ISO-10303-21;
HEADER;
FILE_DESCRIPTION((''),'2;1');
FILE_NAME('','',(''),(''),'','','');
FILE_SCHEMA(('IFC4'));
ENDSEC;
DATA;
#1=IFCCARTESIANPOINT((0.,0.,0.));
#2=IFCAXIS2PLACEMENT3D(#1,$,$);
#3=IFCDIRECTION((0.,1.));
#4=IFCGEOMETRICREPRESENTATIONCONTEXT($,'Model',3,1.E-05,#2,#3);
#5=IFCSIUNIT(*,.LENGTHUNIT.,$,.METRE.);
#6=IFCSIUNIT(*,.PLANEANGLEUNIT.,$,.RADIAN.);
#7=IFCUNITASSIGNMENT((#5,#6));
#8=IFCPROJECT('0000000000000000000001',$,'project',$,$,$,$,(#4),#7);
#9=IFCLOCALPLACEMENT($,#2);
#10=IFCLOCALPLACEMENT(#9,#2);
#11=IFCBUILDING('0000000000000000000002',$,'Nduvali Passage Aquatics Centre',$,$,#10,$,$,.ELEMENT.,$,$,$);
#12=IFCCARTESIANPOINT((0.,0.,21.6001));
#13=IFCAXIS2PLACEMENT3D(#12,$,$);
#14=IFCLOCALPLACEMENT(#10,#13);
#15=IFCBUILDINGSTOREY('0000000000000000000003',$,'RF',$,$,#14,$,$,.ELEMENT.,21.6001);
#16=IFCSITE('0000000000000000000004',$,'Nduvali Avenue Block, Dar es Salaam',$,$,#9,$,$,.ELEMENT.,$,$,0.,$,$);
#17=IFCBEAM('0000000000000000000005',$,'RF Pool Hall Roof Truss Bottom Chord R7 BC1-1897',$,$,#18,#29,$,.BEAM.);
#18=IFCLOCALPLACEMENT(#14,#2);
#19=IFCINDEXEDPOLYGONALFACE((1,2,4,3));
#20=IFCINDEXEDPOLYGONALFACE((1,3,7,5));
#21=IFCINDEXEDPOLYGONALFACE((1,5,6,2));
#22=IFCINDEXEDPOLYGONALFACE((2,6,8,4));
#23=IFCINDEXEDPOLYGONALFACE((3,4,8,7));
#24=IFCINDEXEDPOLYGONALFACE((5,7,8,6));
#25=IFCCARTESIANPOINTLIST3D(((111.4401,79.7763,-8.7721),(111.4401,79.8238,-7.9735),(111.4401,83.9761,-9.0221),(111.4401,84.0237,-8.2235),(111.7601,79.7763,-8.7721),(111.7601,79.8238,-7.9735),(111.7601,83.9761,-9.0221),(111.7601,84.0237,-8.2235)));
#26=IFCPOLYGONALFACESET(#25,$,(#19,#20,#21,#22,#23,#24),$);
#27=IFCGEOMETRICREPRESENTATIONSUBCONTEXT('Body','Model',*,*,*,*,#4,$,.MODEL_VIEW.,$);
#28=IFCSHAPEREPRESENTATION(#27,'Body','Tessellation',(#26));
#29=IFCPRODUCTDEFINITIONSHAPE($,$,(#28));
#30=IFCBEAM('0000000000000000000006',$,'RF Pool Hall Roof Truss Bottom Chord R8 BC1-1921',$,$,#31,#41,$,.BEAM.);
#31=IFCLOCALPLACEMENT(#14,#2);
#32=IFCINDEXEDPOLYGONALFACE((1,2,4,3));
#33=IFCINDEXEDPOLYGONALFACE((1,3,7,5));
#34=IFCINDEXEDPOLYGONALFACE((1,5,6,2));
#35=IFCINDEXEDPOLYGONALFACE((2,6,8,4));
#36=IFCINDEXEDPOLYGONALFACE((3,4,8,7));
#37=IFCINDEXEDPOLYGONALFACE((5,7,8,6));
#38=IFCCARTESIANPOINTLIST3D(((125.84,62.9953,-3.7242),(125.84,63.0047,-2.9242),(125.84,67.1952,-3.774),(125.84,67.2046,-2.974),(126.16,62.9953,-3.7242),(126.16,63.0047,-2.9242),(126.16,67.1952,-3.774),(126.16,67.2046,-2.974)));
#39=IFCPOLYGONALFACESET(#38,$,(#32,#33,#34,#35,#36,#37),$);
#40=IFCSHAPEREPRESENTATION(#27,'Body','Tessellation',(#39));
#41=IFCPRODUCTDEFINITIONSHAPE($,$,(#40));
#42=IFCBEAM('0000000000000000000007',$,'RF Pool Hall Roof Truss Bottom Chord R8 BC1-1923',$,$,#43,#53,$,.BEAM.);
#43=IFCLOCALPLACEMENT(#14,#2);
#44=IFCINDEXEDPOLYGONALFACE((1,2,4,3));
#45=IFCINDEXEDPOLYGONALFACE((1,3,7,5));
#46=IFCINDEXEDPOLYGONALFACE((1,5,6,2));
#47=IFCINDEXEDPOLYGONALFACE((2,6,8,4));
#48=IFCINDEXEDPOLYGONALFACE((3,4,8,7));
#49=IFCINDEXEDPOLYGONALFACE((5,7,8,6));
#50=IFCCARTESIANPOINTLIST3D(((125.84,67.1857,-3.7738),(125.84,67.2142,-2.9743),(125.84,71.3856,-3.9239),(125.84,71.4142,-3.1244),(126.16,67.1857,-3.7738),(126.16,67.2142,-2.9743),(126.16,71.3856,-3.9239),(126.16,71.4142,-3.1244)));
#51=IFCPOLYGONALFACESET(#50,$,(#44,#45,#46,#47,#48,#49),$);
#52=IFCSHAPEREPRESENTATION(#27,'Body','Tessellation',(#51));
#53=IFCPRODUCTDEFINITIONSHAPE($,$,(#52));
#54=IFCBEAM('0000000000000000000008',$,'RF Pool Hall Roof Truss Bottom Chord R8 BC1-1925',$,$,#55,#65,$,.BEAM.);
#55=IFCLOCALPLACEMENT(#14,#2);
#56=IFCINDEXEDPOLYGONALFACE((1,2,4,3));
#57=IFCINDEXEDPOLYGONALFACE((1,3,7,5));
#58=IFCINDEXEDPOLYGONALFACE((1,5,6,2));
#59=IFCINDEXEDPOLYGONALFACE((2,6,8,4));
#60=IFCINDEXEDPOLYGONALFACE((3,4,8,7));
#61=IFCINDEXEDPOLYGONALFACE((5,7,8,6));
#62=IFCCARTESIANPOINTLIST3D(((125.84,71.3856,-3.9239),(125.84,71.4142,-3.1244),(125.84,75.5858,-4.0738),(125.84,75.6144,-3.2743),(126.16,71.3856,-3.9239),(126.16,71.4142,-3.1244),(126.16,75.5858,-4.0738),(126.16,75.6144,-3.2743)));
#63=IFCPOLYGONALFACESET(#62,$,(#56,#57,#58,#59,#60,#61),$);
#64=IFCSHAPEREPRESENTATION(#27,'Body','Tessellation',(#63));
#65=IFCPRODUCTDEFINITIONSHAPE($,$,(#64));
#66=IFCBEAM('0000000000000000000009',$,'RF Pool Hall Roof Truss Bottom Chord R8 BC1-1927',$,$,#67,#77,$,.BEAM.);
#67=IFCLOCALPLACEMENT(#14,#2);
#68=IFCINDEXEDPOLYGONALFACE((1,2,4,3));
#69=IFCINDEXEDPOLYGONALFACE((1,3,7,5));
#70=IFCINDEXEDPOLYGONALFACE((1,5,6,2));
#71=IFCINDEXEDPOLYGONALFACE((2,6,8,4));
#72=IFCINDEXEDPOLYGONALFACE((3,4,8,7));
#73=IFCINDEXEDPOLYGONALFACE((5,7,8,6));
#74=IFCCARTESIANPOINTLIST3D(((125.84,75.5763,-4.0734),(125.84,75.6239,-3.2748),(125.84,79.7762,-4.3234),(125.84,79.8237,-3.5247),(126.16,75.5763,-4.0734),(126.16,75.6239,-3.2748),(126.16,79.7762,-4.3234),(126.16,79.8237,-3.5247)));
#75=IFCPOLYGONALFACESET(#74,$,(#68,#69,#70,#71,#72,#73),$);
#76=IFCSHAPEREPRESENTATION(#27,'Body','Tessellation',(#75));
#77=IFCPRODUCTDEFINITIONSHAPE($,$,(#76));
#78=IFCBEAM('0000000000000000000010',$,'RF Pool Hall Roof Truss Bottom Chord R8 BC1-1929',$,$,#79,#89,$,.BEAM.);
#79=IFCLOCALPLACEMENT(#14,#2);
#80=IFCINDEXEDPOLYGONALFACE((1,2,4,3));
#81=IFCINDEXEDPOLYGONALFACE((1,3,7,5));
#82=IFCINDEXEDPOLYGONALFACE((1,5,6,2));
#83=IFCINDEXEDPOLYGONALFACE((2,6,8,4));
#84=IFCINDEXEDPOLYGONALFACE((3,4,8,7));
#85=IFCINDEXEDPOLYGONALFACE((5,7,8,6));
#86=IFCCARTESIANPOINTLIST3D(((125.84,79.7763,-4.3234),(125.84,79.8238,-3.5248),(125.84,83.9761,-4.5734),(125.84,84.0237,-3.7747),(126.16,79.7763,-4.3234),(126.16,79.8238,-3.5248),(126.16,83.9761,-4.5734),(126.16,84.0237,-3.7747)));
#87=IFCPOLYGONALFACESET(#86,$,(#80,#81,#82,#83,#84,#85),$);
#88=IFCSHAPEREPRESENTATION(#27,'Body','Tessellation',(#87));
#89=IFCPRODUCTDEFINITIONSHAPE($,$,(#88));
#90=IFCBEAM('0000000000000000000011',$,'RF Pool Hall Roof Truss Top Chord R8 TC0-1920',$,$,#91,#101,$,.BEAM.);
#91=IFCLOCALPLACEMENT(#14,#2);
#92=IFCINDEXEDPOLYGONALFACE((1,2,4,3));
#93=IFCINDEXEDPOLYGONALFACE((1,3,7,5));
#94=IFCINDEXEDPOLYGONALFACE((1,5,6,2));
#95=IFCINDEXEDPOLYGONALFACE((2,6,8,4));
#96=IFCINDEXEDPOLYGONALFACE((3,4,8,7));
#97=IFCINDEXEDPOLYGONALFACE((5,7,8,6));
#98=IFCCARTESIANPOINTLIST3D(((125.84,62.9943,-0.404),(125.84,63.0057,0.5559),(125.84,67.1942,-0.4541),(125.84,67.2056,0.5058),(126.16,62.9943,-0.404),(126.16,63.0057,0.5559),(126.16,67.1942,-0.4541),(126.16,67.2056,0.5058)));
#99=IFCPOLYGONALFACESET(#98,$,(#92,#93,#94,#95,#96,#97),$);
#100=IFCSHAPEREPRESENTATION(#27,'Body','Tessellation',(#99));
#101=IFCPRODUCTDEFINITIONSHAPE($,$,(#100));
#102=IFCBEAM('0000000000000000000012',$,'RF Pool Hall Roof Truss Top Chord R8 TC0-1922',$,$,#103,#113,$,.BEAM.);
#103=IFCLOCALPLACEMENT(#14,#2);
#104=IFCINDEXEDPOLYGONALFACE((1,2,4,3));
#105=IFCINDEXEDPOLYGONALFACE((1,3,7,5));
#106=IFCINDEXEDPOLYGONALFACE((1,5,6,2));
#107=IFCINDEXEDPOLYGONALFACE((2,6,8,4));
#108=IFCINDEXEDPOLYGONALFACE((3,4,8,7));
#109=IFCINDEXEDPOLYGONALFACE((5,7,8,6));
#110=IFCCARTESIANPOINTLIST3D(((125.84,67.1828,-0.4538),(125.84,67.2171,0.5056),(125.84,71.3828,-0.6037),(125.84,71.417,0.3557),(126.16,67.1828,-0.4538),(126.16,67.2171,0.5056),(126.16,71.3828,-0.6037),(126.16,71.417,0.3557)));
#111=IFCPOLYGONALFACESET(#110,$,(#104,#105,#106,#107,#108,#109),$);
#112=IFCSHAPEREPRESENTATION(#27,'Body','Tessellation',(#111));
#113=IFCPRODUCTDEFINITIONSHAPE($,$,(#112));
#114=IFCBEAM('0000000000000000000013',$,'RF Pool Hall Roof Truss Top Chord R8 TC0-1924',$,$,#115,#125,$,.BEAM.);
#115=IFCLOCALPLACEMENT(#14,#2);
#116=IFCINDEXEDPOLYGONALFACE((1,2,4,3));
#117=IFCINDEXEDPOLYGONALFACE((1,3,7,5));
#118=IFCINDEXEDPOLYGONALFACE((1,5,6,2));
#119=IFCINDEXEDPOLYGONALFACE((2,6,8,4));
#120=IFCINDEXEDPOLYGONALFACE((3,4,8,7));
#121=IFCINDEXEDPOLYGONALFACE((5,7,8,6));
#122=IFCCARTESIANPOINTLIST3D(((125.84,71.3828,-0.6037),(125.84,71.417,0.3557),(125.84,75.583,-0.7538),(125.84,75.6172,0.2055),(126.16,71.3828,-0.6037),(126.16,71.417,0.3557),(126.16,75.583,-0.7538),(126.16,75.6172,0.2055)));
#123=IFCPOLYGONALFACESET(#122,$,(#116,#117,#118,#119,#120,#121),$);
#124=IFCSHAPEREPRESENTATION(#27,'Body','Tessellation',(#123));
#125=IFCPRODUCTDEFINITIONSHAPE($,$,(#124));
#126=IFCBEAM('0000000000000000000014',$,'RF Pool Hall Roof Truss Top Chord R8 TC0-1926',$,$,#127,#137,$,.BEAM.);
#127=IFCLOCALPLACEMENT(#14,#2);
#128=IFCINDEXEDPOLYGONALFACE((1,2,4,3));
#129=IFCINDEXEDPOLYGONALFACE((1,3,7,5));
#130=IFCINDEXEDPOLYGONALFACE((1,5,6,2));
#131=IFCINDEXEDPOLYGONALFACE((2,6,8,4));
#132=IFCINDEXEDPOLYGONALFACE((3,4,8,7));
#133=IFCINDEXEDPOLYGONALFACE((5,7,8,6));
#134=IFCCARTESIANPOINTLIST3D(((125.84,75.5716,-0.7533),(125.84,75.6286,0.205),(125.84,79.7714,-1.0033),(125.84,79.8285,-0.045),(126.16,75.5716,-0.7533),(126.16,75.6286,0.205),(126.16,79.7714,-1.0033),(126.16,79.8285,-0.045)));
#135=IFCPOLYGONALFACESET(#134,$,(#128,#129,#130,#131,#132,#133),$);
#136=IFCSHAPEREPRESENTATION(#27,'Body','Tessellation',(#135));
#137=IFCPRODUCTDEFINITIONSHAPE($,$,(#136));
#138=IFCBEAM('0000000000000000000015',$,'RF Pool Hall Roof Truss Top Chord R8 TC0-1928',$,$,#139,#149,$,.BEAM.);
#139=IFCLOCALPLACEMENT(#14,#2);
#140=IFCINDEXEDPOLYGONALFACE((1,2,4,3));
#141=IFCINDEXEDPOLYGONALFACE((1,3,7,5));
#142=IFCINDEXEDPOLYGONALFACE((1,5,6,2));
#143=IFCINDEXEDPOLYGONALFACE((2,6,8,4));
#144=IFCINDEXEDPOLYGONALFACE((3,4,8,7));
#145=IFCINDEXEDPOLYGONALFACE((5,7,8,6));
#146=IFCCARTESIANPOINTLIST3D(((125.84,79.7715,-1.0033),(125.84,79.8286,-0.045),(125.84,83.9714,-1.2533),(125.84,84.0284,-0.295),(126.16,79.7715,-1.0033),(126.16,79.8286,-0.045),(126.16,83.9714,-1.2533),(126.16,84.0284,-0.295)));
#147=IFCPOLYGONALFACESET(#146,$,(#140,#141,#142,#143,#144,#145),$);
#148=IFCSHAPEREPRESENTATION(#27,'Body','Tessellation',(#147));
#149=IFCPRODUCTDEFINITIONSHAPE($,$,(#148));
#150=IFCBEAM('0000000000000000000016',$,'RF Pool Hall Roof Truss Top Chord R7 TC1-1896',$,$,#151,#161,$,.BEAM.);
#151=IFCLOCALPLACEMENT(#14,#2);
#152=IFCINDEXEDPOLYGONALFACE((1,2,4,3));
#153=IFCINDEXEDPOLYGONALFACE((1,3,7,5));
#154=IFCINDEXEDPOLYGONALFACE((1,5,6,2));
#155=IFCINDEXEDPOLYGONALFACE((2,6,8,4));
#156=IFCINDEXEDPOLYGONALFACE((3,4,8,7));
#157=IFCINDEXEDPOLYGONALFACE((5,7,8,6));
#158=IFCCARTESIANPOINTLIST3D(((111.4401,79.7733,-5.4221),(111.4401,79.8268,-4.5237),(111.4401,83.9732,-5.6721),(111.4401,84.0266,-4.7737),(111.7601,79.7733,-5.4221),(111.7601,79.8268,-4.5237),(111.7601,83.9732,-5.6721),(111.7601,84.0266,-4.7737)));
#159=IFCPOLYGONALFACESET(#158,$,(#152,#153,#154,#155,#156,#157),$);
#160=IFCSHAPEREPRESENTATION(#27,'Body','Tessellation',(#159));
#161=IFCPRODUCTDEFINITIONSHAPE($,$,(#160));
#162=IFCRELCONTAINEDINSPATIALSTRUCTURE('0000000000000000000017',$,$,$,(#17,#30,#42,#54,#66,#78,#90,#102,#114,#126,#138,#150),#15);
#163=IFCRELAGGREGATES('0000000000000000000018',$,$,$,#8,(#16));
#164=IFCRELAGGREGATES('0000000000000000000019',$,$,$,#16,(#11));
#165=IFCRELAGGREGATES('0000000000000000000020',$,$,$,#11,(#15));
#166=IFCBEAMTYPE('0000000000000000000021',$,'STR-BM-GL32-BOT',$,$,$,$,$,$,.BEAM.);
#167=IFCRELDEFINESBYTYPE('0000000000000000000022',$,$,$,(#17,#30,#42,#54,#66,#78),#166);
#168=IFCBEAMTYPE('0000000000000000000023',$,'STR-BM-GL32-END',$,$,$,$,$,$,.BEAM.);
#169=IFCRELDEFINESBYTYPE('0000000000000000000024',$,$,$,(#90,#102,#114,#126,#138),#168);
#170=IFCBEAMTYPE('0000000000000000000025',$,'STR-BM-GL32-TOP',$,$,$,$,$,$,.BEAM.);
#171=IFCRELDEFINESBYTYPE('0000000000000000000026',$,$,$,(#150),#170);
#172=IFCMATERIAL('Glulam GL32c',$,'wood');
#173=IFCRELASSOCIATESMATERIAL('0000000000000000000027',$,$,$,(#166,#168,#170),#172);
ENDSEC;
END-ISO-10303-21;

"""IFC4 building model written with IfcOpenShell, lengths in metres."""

from ifc_helpers import new_model, si_unit, direction, frame, origin, origin_2d, place, context, subcontext, project, spatial, rectangle, extrude, material, material_profile, profile_set, type_object, element, save


model = new_model("IFC4")

# Units and contexts
model_context = context("Model", 3, precision=1e-05, world=origin(), true_north=direction((0.0, 1.0)))
body_context = subcontext(model_context, "Body", "Model", "MODEL_VIEW")
ifc_project = project(units=[si_unit("LENGTHUNIT", "METRE"), si_unit("PLANEANGLEUNIT", "RADIAN")], contexts=[model_context])

# Site, building, storey
site_placement = place(None, origin())
site = spatial("IfcSite", under=ifc_project, at=site_placement, Name="Nduvali Avenue Block, Dar es Salaam", CompositionType="ELEMENT", RefElevation=0.0)
building_placement = place(site_placement, origin())
building = spatial("IfcBuilding", under=site, at=building_placement, Name="Nduvali Passage Aquatics Centre", CompositionType="ELEMENT")
storey_placement = place(building_placement, frame((0.0, 0.0, 21.6001)))
storey = spatial("IfcBuildingStorey", under=building, at=storey_placement, Name="RF", CompositionType="ELEMENT", Elevation=21.6001)

# Beams
ifc_material_1 = material(Name="Glulam GL32c", Category="wood")
ifc_material_profile_1 = material_profile(ifc_material_1, rectangle(XDim=0.3201, YDim=0.8, at=origin_2d()), Name="GL32c 320x800")
ifc_profile_set_1 = profile_set([ifc_material_profile_1], Name="Glulam GL32c")
beam_type_1 = type_object("IfcBeamType", Name="STR-BM-GL32-BOT", PredefinedType="BEAM", material=ifc_profile_set_1)
beam_1_placement = place(storey_placement, frame((111.6001, 79.8, -8.3728), z_axis=(0.0, 0.998233, -0.059419), x_axis=(-1.0, 0.0, 0.0)))
element("IfcBeam", 1, at=beam_1_placement, inside=storey, type_object=beam_type_1, Name="RF Pool Hall Roof Truss Bottom Chord R7 BC1-1897", PredefinedType="BEAM", context=body_context, shape_type="SweptSolid", body=[
    extrude(rectangle(XDim=0.3201, YDim=0.8, at=origin_2d()), origin(), (0.0, 0.0, 1.0), 4.2073),
])
beam_2_placement = place(storey_placement, frame((126.0, 63.0, -3.3242), z_axis=(0.0, 0.99993, -0.011858), x_axis=(-1.0, 0.0, 0.0)))
element("IfcBeam", 2, at=beam_2_placement, inside=storey, type_object=beam_type_1, Name="RF Pool Hall Roof Truss Bottom Chord R8 BC1-1921", PredefinedType="BEAM", context=body_context, shape_type="SweptSolid", body=[
    extrude(rectangle(XDim=0.3201, YDim=0.8, at=origin_2d()), origin(), (0.0, 0.0, 1.0), 4.2002),
])
beam_3_placement = place(storey_placement, frame((126.0, 67.2, -3.374), z_axis=(0.0, 0.999362, -0.035727), x_axis=(-1.0, 0.0, 0.0)))
element("IfcBeam", 3, at=beam_3_placement, inside=storey, type_object=beam_type_1, Name="RF Pool Hall Roof Truss Bottom Chord R8 BC1-1923", PredefinedType="BEAM", context=body_context, shape_type="SweptSolid", body=[
    extrude(rectangle(XDim=0.3201, YDim=0.8, at=origin_2d()), origin(), (0.0, 0.0, 1.0), 4.2026),
])
beam_4_placement = place(storey_placement, frame((126.0, 71.3999, -3.5242), z_axis=(0.0, 0.999364, -0.035667), x_axis=(-1.0, 0.0, 0.0)))
element("IfcBeam", 4, at=beam_4_placement, inside=storey, type_object=beam_type_1, Name="RF Pool Hall Roof Truss Bottom Chord R8 BC1-1925", PredefinedType="BEAM", context=body_context, shape_type="SweptSolid", body=[
    extrude(rectangle(XDim=0.3201, YDim=0.8, at=origin_2d()), origin(), (0.0, 0.0, 1.0), 4.2029),
])
for number, where, z_axis, x_axis, name in (
    (5, (126.0, 75.6001, -3.6741), (0.0, 0.998233, -0.059419), (-1.0, 0.0, 0.0), "RF Pool Hall Roof Truss Bottom Chord R8 BC1-1927"),
    (6, (126.0, 79.8, -3.9241), (0.0, 0.998233, -0.059419), (-1.0, 0.0, 0.0), "RF Pool Hall Roof Truss Bottom Chord R8 BC1-1929"),
):
    element("IfcBeam", number, at=place(storey_placement, frame(where, z_axis=z_axis, x_axis=x_axis)), inside=storey, type_object=beam_type_1, Name=name, PredefinedType="BEAM", context=body_context, shape_type="SweptSolid", body=[
        extrude(rectangle(XDim=0.3201, YDim=0.8, at=origin_2d()), origin(), (0.0, 0.0, 1.0), 4.2073),
    ])
ifc_material_profile_2 = material_profile(ifc_material_1, rectangle(XDim=0.3201, YDim=0.96, at=origin_2d()), Name="GL32c 320x960")
ifc_profile_set_2 = profile_set([ifc_material_profile_2], Name="Glulam GL32c")
beam_type_2 = type_object("IfcBeamType", Name="STR-BM-GL32-END", PredefinedType="BEAM", material=ifc_profile_set_2)
beam_5_placement = place(storey_placement, frame((126.0, 63.0, 0.0759), z_axis=(0.0, 0.999929, -0.011916), x_axis=(-1.0, 0.0, 0.0)))
element("IfcBeam", 7, at=beam_5_placement, inside=storey, type_object=beam_type_2, Name="RF Pool Hall Roof Truss Top Chord R8 TC0-1920", PredefinedType="BEAM", context=body_context, shape_type="SweptSolid", body=[
    extrude(rectangle(XDim=0.3201, YDim=0.96, at=origin_2d()), origin(), (0.0, 0.0, 1.0), 4.2002),
])
beam_6_placement = place(storey_placement, frame((126.0, 67.2, 0.0259), z_axis=(0.0, 0.999364, -0.035669), x_axis=(-1.0, 0.0, 0.0)))
element("IfcBeam", 8, at=beam_6_placement, inside=storey, type_object=beam_type_2, Name="RF Pool Hall Roof Truss Top Chord R8 TC0-1922", PredefinedType="BEAM", context=body_context, shape_type="SweptSolid", body=[
    extrude(rectangle(XDim=0.3201, YDim=0.96, at=origin_2d()), origin(), (0.0, 0.0, 1.0), 4.2026),
])
beam_7_placement = place(storey_placement, frame((126.0, 71.3999, -0.124), z_axis=(0.0, 0.999362, -0.035725), x_axis=(-1.0, 0.0, 0.0)))
element("IfcBeam", 9, at=beam_7_placement, inside=storey, type_object=beam_type_2, Name="RF Pool Hall Roof Truss Top Chord R8 TC0-1924", PredefinedType="BEAM", context=body_context, shape_type="SweptSolid", body=[
    extrude(rectangle(XDim=0.3201, YDim=0.96, at=origin_2d()), origin(), (0.0, 0.0, 1.0), 4.2029),
])
for number, where, z_axis, x_axis, name in (
    (10, (126.0, 75.6001, -0.2742), (0.0, 0.998233, -0.059419), (-1.0, 0.0, 0.0), "RF Pool Hall Roof Truss Top Chord R8 TC0-1926"),
    (11, (126.0, 79.8, -0.5242), (0.0, 0.998233, -0.059419), (-1.0, 0.0, 0.0), "RF Pool Hall Roof Truss Top Chord R8 TC0-1928"),
):
    element("IfcBeam", number, at=place(storey_placement, frame(where, z_axis=z_axis, x_axis=x_axis)), inside=storey, type_object=beam_type_2, Name=name, PredefinedType="BEAM", context=body_context, shape_type="SweptSolid", body=[
        extrude(rectangle(XDim=0.3201, YDim=0.96, at=origin_2d()), origin(), (0.0, 0.0, 1.0), 4.2073),
    ])
ifc_material_profile_3 = material_profile(ifc_material_1, rectangle(XDim=0.3201, YDim=0.8999, at=origin_2d()), Name="GL32c 320x900")
ifc_profile_set_3 = profile_set([ifc_material_profile_3], Name="Glulam GL32c")
beam_type_3 = type_object("IfcBeamType", Name="STR-BM-GL32-TOP", PredefinedType="BEAM", material=ifc_profile_set_3)
beam_8_placement = place(storey_placement, frame((111.6001, 79.8, -4.9729), z_axis=(0.0, 0.998233, -0.059419), x_axis=(-1.0, 0.0, 0.0)))
element("IfcBeam", 12, at=beam_8_placement, inside=storey, type_object=beam_type_3, Name="RF Pool Hall Roof Truss Top Chord R7 TC1-1896", PredefinedType="BEAM", context=body_context, shape_type="SweptSolid", body=[
    extrude(rectangle(XDim=0.3201, YDim=0.8999, at=origin_2d()), origin(), (0.0, 0.0, 1.0), 4.2073),
])

save(model, "model.ifc")
